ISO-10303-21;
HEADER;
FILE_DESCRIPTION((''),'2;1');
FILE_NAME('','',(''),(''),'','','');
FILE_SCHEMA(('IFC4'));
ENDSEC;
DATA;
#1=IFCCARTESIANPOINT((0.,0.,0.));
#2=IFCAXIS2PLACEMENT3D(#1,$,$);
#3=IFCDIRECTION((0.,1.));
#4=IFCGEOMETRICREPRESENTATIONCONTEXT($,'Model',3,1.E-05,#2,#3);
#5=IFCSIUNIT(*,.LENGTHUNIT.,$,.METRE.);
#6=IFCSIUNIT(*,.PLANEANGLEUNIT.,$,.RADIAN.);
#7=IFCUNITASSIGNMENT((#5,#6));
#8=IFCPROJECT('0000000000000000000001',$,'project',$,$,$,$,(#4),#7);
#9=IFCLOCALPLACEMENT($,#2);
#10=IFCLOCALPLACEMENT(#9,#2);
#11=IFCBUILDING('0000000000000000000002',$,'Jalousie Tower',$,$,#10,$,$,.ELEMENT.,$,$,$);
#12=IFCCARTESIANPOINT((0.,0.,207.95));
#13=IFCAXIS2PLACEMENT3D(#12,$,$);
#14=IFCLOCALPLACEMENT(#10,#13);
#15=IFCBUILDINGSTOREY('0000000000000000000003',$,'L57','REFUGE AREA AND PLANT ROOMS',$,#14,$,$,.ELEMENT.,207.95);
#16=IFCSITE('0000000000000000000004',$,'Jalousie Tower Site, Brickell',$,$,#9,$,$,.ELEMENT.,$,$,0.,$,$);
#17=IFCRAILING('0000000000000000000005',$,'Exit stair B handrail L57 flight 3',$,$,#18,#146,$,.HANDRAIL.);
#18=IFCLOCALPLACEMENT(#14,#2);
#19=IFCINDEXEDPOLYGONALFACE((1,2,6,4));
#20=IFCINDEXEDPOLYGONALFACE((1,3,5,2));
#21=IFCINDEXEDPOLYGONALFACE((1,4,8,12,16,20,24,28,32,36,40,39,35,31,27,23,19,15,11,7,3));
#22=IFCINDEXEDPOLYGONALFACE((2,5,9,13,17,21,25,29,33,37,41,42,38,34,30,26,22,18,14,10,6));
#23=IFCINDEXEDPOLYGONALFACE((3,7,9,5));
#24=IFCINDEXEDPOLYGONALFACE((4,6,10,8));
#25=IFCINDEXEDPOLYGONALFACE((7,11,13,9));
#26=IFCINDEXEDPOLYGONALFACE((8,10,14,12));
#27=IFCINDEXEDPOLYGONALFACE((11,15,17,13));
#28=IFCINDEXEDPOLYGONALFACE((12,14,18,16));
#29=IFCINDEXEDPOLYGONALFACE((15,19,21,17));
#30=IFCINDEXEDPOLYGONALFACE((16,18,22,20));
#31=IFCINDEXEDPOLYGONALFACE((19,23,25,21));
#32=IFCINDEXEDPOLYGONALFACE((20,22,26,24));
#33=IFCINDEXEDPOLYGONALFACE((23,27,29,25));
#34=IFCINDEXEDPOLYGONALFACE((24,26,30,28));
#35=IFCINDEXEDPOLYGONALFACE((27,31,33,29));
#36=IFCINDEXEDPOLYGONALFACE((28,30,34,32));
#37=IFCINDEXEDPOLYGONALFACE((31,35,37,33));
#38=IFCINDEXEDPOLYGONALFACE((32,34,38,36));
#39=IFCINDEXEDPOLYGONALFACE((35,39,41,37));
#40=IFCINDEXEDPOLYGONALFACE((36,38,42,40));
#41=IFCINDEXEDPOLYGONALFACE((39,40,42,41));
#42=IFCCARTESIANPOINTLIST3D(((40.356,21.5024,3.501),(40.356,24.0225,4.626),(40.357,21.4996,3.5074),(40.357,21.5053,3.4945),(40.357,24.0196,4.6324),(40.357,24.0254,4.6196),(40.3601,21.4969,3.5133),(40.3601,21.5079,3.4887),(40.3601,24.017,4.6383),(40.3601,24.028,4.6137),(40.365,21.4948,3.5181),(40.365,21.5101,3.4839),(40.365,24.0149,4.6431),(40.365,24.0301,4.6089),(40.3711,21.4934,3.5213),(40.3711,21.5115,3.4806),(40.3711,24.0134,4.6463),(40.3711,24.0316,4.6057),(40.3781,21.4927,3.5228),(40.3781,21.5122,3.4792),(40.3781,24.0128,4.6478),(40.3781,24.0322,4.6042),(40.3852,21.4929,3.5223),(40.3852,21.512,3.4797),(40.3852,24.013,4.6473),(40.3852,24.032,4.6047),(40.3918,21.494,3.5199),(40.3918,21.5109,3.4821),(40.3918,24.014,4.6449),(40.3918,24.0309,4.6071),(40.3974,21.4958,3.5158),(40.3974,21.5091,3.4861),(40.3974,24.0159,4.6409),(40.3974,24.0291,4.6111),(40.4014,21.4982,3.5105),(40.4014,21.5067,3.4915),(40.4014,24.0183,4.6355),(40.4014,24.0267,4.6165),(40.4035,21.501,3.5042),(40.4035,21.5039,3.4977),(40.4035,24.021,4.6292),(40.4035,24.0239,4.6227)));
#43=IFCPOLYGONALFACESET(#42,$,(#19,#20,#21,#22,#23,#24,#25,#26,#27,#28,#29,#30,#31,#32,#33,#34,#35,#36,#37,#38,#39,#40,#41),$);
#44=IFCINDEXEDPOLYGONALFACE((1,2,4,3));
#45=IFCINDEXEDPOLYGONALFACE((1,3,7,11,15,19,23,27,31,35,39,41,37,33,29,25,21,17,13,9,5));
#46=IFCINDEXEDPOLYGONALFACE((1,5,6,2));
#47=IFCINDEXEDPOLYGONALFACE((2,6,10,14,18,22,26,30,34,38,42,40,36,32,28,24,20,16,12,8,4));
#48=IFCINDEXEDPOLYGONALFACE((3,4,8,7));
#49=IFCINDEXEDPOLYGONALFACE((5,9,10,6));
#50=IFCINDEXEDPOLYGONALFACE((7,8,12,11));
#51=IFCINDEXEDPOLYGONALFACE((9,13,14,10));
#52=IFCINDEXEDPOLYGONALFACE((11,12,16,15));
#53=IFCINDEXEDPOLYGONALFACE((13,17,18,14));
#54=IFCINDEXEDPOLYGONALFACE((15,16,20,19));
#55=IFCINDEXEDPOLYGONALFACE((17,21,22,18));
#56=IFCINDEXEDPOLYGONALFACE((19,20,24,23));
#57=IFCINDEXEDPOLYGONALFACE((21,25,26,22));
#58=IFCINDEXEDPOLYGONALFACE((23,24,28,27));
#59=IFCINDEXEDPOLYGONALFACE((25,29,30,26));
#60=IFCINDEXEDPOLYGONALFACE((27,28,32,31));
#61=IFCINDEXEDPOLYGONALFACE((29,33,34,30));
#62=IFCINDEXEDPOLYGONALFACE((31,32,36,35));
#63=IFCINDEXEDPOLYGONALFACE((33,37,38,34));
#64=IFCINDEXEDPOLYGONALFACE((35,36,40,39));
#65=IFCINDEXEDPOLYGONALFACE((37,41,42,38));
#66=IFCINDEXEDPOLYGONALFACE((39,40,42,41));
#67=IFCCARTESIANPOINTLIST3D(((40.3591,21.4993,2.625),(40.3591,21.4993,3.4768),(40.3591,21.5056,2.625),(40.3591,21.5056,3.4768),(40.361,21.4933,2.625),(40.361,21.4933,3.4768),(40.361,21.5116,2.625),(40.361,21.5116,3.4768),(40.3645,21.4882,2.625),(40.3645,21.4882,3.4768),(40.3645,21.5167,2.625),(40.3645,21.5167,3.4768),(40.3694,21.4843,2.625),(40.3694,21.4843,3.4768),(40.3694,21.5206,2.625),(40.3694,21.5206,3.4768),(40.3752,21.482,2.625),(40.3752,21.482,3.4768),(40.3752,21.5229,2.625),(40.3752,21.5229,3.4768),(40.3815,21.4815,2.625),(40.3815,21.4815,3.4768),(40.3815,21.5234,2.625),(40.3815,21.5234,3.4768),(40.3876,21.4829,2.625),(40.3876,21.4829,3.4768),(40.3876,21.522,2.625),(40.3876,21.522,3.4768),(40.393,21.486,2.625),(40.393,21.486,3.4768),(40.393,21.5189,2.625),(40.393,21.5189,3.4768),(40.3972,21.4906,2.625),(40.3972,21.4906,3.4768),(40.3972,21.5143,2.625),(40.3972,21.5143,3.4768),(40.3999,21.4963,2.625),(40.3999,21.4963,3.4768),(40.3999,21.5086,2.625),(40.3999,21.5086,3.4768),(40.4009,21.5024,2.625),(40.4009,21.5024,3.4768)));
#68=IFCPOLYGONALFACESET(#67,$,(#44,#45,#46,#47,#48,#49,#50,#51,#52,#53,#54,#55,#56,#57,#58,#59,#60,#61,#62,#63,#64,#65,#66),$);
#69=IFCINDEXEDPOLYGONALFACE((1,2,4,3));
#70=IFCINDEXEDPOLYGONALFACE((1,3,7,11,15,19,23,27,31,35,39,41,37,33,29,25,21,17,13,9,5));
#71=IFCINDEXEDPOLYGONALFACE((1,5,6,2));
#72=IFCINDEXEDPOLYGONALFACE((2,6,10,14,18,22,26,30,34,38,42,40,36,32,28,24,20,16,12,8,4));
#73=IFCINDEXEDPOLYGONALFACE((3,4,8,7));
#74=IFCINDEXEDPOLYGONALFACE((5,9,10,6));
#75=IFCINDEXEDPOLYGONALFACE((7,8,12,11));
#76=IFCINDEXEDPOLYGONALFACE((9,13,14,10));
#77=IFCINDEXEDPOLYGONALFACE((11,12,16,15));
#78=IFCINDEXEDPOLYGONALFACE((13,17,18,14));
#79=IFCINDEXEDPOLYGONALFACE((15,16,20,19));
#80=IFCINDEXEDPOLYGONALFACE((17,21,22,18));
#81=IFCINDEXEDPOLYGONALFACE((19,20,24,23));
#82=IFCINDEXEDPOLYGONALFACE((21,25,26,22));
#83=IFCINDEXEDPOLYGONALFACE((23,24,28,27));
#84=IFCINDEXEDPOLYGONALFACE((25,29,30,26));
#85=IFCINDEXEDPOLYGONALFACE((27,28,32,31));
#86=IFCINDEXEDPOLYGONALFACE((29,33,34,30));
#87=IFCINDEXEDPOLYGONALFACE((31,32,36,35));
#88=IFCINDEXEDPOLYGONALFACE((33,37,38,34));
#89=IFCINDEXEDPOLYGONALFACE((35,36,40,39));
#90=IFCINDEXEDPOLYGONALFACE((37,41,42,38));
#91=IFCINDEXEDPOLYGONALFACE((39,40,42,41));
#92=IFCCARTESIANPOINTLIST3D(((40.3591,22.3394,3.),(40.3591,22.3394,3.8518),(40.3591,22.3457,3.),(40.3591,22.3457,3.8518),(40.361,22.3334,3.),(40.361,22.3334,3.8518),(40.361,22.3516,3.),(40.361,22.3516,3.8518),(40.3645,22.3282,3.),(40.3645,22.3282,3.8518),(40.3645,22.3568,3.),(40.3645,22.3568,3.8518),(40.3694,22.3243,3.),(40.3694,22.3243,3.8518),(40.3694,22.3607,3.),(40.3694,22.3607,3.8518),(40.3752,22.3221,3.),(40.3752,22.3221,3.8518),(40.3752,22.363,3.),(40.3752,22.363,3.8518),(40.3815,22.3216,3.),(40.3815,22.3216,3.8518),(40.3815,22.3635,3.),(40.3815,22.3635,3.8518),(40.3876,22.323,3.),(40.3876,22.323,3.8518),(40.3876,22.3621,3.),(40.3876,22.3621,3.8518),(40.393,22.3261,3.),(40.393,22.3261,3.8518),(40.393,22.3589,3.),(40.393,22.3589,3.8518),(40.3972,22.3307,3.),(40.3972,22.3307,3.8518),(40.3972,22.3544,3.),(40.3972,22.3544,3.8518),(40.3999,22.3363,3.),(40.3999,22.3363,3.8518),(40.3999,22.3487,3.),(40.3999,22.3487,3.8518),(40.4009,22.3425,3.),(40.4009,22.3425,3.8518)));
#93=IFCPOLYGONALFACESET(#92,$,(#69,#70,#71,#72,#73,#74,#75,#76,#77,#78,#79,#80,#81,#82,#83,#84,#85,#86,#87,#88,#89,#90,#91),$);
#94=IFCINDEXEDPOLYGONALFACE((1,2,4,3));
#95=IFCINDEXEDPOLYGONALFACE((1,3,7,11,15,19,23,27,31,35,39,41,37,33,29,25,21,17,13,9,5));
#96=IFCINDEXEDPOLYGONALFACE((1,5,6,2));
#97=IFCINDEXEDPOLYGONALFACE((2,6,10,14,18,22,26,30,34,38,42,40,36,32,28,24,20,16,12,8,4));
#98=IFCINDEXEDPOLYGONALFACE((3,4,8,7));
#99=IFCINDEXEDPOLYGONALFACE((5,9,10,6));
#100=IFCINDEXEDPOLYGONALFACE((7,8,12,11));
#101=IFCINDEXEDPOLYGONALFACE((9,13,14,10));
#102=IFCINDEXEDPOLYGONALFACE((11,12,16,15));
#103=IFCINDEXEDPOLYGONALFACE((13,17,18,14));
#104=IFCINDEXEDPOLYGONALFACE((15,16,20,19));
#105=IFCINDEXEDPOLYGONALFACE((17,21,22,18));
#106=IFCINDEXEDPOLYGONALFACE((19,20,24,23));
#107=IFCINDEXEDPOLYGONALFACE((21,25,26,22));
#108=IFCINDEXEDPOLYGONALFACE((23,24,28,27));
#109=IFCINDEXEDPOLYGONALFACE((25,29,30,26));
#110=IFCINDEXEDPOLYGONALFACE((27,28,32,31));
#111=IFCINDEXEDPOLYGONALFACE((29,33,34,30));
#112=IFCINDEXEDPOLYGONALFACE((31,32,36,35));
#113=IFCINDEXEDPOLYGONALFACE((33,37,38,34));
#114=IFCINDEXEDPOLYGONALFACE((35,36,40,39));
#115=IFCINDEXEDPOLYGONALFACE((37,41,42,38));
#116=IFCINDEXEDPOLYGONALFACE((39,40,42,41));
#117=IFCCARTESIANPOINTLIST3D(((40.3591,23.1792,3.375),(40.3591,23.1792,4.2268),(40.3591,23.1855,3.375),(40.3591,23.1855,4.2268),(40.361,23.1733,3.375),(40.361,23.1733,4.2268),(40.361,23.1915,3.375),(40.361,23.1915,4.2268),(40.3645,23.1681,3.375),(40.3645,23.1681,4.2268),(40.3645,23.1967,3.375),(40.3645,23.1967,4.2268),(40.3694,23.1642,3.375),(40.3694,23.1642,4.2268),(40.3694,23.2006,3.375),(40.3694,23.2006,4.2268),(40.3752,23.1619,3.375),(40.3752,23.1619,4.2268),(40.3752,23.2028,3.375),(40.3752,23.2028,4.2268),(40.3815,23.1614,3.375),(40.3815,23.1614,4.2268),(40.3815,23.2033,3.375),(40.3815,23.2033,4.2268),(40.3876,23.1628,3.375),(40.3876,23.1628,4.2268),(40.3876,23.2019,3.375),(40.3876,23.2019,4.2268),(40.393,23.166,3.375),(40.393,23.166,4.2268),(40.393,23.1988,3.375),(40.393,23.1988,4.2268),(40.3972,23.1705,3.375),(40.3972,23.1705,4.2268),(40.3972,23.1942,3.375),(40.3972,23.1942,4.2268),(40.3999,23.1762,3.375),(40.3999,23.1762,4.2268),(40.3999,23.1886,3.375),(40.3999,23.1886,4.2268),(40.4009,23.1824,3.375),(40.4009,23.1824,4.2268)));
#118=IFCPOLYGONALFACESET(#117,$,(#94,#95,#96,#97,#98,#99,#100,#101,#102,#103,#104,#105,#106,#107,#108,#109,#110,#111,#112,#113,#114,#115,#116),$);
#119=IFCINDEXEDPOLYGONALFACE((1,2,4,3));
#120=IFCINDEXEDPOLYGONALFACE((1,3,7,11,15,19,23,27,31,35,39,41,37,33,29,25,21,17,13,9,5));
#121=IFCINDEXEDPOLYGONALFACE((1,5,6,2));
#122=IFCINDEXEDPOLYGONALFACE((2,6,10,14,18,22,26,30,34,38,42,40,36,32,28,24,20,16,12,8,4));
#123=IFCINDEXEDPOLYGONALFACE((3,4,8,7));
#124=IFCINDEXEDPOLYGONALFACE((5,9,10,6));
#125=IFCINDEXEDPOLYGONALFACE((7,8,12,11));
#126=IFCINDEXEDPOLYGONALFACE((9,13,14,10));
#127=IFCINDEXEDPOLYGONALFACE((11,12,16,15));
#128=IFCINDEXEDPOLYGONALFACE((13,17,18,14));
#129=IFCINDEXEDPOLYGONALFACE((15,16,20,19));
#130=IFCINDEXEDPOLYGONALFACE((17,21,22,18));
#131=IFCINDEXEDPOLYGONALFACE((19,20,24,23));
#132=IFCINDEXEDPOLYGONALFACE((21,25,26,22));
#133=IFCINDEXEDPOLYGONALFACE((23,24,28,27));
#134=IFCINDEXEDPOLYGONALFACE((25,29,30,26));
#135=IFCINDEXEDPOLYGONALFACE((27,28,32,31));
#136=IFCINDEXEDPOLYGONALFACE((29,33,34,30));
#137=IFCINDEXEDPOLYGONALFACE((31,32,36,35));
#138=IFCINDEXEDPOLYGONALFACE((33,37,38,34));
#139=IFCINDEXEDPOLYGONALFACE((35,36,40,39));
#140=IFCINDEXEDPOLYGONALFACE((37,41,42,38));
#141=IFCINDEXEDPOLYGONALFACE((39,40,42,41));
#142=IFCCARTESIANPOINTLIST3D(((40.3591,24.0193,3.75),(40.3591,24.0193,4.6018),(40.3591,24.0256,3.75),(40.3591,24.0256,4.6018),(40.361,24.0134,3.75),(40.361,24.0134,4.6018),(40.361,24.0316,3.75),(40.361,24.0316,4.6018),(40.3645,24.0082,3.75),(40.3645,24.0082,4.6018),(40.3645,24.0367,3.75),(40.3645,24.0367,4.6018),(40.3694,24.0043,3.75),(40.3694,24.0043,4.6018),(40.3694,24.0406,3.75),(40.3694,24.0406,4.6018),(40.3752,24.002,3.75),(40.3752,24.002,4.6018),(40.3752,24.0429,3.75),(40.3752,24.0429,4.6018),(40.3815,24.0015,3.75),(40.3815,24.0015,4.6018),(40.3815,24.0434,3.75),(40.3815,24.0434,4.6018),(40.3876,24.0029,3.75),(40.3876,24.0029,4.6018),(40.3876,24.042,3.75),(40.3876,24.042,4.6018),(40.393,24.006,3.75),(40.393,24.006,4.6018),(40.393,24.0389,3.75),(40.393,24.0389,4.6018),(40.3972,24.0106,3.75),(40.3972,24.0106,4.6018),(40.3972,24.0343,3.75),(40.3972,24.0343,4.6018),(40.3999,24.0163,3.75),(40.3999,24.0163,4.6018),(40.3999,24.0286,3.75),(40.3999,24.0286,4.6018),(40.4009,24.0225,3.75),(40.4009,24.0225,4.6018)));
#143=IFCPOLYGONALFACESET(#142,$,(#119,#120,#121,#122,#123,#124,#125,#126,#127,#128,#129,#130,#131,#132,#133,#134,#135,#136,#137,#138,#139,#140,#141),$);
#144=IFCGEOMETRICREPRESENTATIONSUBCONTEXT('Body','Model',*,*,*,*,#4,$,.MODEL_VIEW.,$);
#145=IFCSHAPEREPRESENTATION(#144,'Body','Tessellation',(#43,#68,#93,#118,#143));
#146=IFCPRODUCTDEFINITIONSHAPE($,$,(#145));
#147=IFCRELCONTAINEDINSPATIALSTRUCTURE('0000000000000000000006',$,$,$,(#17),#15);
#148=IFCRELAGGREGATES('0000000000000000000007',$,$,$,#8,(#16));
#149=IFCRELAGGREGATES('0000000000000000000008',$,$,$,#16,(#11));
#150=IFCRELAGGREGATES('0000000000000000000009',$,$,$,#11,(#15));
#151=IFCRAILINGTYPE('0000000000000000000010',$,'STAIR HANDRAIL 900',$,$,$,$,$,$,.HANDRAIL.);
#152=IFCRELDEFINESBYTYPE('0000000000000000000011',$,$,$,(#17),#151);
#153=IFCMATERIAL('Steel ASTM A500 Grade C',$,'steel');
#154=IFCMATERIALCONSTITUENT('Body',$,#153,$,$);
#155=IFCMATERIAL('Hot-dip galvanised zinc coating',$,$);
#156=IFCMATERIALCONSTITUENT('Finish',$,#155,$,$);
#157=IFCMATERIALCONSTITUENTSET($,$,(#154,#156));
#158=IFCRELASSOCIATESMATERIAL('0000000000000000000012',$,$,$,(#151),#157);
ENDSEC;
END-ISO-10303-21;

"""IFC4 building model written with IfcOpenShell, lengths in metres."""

from ifc_helpers import new_model, si_unit, direction, frame, origin, origin_2d, place, context, subcontext, project, spatial, circle, extrude, material, constituent, constituent_set, type_object, element, save


model = new_model("IFC4")

# Units and contexts
model_context = context("Model", 3, precision=1e-05, world=origin(), true_north=direction((0.0, 1.0)))
body_context = subcontext(model_context, "Body", "Model", "MODEL_VIEW")
ifc_project = project(units=[si_unit("LENGTHUNIT", "METRE"), si_unit("PLANEANGLEUNIT", "RADIAN")], contexts=[model_context])

# Site, building, storey
site_placement = place(None, origin())
site = spatial("IfcSite", under=ifc_project, at=site_placement, Name="Jalousie Tower Site, Brickell", CompositionType="ELEMENT", RefElevation=0.0)
building_placement = place(site_placement, origin())
building = spatial("IfcBuilding", under=site, at=building_placement, Name="Jalousie Tower", CompositionType="ELEMENT")
storey_placement = place(building_placement, frame((0.0, 0.0, 207.95)))
storey = spatial("IfcBuildingStorey", under=building, at=storey_placement, Name="L57", Description="REFUGE AREA AND PLANT ROOMS", CompositionType="ELEMENT", Elevation=207.95)

# Railing
ifc_material_1 = material(Name="Steel ASTM A500 Grade C", Category="steel")
ifc_constituent_1 = constituent(ifc_material_1, Name="Body")
ifc_material_2 = material(Name="Hot-dip galvanised zinc coating")
ifc_constituent_2 = constituent(ifc_material_2, Name="Finish")
ifc_constituent_set_1 = constituent_set(constituents=[ifc_constituent_1, ifc_constituent_2])
railing_type_1 = type_object("IfcRailingType", Name="STAIR HANDRAIL 900", PredefinedType="HANDRAIL", material=ifc_constituent_set_1)
for number, where, name in (
    (1, (40.3799, 21.5024, 2.625), "Exit stair B handrail L57 flight 3"),
):
    element("IfcRailing", number, at=place(storey_placement, frame(where)), inside=storey, type_object=railing_type_1, Name=name, PredefinedType="HANDRAIL", context=body_context, shape_type="SweptSolid", body=[
        extrude(circle(Radius=0.0239, at=origin_2d()), frame((0.0, 0.0, 0.876), z_axis=(0.0, 0.913139, 0.407648), x_axis=(-1.0, 0.0, 0.0)), (0.0, 0.0, 1.0), 2.7598),
        extrude(circle(Radius=0.021, at=origin_2d()), origin(), (0.0, 0.0, 1.0), 0.8518),
        extrude(circle(Radius=0.021, at=origin_2d()), frame((0.0, 0.8401, 0.375)), (0.0, 0.0, 1.0), 0.8518),
        extrude(circle(Radius=0.021, at=origin_2d()), frame((0.0, 1.6799, 0.75)), (0.0, 0.0, 1.0), 0.8518),
        extrude(circle(Radius=0.021, at=origin_2d()), frame((0.0, 2.52, 1.125)), (0.0, 0.0, 1.0), 0.8518),
    ])

save(model, "model.ifc")
